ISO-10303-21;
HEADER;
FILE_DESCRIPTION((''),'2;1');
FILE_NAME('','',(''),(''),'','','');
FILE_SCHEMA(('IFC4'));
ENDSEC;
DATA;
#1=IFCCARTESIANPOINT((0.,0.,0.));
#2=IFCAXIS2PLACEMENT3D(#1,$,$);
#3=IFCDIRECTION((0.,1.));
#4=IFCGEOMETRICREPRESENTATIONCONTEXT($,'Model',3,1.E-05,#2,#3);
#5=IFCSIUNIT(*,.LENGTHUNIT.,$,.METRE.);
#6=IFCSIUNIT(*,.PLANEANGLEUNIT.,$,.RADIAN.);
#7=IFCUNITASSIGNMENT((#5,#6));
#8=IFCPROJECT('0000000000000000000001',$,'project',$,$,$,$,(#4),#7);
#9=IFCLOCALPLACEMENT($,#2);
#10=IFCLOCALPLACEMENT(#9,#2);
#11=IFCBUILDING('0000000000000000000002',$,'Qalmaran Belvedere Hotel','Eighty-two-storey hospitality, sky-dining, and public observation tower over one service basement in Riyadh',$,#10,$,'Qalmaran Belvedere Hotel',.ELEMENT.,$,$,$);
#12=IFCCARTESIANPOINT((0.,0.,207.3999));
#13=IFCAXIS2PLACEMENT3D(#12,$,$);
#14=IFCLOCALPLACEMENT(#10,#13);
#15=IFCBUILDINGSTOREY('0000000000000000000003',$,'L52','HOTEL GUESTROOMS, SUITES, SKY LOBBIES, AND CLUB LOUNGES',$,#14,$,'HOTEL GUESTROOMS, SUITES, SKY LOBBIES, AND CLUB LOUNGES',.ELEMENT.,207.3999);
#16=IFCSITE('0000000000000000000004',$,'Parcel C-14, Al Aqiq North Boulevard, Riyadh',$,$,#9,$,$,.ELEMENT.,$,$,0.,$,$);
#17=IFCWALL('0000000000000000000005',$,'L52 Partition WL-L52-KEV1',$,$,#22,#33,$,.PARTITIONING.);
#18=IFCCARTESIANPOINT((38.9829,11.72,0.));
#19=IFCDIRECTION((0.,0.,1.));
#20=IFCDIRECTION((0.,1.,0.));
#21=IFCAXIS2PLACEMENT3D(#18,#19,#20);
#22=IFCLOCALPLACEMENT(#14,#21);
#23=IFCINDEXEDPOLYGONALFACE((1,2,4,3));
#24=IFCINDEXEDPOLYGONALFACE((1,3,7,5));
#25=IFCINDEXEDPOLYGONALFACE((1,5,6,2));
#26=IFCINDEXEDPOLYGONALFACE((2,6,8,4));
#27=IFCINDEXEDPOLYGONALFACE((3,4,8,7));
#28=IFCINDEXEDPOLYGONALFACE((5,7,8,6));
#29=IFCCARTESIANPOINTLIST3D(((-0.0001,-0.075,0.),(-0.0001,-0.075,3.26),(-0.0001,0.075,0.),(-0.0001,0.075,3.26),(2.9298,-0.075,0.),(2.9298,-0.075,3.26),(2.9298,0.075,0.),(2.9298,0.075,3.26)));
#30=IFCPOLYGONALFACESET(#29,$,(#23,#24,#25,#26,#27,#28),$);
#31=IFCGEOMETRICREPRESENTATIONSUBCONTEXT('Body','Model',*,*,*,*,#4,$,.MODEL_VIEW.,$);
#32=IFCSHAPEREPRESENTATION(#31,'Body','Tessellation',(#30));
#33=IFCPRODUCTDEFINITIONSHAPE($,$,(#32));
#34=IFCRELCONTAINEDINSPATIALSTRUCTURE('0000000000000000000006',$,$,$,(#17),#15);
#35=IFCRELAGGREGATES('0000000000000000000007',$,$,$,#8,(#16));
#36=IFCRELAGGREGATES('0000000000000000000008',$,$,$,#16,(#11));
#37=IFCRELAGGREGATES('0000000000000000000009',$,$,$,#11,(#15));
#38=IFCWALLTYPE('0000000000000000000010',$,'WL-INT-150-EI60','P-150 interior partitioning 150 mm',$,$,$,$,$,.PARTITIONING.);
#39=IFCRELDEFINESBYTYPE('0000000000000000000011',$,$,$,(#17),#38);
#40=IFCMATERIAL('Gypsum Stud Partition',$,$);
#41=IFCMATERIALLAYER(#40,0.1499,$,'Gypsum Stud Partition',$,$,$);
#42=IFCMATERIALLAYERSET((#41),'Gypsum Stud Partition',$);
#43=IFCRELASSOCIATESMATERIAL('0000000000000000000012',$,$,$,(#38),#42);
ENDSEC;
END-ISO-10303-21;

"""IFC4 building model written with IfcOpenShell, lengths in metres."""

from ifc_helpers import new_model, si_unit, direction, frame, frame_2d, origin, place, context, subcontext, project, spatial, rectangle, extrude, material, layer, layer_set, type_object, element, save


model = new_model("IFC4")

# Units and contexts
model_context = context("Model", 3, precision=1e-05, world=origin(), true_north=direction((0.0, 1.0)))
body_context = subcontext(model_context, "Body", "Model", "MODEL_VIEW")
ifc_project = project(units=[si_unit("LENGTHUNIT", "METRE"), si_unit("PLANEANGLEUNIT", "RADIAN")], contexts=[model_context])

# Site, building, storey
site_placement = place(None, origin())
site = spatial("IfcSite", under=ifc_project, at=site_placement, Name="Parcel C-14, Al Aqiq North Boulevard, Riyadh", CompositionType="ELEMENT", RefElevation=0.0)
building_placement = place(site_placement, origin())
building = spatial("IfcBuilding", under=site, at=building_placement, Name="Qalmaran Belvedere Hotel", Description="Eighty-two-storey hospitality, sky-dining, and public observation tower over one service basement in Riyadh", LongName="Qalmaran Belvedere Hotel", CompositionType="ELEMENT")
storey_placement = place(building_placement, frame((0.0, 0.0, 207.3999)))
storey = spatial("IfcBuildingStorey", under=building, at=storey_placement, Name="L52", Description="HOTEL GUESTROOMS, SUITES, SKY LOBBIES, AND CLUB LOUNGES", LongName="HOTEL GUESTROOMS, SUITES, SKY LOBBIES, AND CLUB LOUNGES", CompositionType="ELEMENT", Elevation=207.3999)

# Wall
ifc_material_1 = material(Name="Gypsum Stud Partition")
ifc_layer_1 = layer(ifc_material_1, 0.1499, Name="Gypsum Stud Partition")
ifc_layer_set_1 = layer_set([ifc_layer_1], Name="Gypsum Stud Partition")
wall_type_1 = type_object("IfcWallType", Name="WL-INT-150-EI60", Description="P-150 interior partitioning 150 mm", PredefinedType="PARTITIONING", material=ifc_layer_set_1)
wall_1_placement = place(storey_placement, frame((38.9829, 11.72, 0.0), z_axis=(0.0, 0.0, 1.0), x_axis=(0.0, 1.0, 0.0)))
element("IfcWall", 1, at=wall_1_placement, inside=storey, type_object=wall_type_1, Name="L52 Partition WL-L52-KEV1", PredefinedType="PARTITIONING", context=body_context, shape_type="SweptSolid", body=[
    extrude(rectangle(XDim=2.9299, YDim=0.1499, at=frame_2d((1.4648, 0.0))), origin(), (0.0, 0.0, 1.0), 3.26),
])

save(model, "model.ifc")
